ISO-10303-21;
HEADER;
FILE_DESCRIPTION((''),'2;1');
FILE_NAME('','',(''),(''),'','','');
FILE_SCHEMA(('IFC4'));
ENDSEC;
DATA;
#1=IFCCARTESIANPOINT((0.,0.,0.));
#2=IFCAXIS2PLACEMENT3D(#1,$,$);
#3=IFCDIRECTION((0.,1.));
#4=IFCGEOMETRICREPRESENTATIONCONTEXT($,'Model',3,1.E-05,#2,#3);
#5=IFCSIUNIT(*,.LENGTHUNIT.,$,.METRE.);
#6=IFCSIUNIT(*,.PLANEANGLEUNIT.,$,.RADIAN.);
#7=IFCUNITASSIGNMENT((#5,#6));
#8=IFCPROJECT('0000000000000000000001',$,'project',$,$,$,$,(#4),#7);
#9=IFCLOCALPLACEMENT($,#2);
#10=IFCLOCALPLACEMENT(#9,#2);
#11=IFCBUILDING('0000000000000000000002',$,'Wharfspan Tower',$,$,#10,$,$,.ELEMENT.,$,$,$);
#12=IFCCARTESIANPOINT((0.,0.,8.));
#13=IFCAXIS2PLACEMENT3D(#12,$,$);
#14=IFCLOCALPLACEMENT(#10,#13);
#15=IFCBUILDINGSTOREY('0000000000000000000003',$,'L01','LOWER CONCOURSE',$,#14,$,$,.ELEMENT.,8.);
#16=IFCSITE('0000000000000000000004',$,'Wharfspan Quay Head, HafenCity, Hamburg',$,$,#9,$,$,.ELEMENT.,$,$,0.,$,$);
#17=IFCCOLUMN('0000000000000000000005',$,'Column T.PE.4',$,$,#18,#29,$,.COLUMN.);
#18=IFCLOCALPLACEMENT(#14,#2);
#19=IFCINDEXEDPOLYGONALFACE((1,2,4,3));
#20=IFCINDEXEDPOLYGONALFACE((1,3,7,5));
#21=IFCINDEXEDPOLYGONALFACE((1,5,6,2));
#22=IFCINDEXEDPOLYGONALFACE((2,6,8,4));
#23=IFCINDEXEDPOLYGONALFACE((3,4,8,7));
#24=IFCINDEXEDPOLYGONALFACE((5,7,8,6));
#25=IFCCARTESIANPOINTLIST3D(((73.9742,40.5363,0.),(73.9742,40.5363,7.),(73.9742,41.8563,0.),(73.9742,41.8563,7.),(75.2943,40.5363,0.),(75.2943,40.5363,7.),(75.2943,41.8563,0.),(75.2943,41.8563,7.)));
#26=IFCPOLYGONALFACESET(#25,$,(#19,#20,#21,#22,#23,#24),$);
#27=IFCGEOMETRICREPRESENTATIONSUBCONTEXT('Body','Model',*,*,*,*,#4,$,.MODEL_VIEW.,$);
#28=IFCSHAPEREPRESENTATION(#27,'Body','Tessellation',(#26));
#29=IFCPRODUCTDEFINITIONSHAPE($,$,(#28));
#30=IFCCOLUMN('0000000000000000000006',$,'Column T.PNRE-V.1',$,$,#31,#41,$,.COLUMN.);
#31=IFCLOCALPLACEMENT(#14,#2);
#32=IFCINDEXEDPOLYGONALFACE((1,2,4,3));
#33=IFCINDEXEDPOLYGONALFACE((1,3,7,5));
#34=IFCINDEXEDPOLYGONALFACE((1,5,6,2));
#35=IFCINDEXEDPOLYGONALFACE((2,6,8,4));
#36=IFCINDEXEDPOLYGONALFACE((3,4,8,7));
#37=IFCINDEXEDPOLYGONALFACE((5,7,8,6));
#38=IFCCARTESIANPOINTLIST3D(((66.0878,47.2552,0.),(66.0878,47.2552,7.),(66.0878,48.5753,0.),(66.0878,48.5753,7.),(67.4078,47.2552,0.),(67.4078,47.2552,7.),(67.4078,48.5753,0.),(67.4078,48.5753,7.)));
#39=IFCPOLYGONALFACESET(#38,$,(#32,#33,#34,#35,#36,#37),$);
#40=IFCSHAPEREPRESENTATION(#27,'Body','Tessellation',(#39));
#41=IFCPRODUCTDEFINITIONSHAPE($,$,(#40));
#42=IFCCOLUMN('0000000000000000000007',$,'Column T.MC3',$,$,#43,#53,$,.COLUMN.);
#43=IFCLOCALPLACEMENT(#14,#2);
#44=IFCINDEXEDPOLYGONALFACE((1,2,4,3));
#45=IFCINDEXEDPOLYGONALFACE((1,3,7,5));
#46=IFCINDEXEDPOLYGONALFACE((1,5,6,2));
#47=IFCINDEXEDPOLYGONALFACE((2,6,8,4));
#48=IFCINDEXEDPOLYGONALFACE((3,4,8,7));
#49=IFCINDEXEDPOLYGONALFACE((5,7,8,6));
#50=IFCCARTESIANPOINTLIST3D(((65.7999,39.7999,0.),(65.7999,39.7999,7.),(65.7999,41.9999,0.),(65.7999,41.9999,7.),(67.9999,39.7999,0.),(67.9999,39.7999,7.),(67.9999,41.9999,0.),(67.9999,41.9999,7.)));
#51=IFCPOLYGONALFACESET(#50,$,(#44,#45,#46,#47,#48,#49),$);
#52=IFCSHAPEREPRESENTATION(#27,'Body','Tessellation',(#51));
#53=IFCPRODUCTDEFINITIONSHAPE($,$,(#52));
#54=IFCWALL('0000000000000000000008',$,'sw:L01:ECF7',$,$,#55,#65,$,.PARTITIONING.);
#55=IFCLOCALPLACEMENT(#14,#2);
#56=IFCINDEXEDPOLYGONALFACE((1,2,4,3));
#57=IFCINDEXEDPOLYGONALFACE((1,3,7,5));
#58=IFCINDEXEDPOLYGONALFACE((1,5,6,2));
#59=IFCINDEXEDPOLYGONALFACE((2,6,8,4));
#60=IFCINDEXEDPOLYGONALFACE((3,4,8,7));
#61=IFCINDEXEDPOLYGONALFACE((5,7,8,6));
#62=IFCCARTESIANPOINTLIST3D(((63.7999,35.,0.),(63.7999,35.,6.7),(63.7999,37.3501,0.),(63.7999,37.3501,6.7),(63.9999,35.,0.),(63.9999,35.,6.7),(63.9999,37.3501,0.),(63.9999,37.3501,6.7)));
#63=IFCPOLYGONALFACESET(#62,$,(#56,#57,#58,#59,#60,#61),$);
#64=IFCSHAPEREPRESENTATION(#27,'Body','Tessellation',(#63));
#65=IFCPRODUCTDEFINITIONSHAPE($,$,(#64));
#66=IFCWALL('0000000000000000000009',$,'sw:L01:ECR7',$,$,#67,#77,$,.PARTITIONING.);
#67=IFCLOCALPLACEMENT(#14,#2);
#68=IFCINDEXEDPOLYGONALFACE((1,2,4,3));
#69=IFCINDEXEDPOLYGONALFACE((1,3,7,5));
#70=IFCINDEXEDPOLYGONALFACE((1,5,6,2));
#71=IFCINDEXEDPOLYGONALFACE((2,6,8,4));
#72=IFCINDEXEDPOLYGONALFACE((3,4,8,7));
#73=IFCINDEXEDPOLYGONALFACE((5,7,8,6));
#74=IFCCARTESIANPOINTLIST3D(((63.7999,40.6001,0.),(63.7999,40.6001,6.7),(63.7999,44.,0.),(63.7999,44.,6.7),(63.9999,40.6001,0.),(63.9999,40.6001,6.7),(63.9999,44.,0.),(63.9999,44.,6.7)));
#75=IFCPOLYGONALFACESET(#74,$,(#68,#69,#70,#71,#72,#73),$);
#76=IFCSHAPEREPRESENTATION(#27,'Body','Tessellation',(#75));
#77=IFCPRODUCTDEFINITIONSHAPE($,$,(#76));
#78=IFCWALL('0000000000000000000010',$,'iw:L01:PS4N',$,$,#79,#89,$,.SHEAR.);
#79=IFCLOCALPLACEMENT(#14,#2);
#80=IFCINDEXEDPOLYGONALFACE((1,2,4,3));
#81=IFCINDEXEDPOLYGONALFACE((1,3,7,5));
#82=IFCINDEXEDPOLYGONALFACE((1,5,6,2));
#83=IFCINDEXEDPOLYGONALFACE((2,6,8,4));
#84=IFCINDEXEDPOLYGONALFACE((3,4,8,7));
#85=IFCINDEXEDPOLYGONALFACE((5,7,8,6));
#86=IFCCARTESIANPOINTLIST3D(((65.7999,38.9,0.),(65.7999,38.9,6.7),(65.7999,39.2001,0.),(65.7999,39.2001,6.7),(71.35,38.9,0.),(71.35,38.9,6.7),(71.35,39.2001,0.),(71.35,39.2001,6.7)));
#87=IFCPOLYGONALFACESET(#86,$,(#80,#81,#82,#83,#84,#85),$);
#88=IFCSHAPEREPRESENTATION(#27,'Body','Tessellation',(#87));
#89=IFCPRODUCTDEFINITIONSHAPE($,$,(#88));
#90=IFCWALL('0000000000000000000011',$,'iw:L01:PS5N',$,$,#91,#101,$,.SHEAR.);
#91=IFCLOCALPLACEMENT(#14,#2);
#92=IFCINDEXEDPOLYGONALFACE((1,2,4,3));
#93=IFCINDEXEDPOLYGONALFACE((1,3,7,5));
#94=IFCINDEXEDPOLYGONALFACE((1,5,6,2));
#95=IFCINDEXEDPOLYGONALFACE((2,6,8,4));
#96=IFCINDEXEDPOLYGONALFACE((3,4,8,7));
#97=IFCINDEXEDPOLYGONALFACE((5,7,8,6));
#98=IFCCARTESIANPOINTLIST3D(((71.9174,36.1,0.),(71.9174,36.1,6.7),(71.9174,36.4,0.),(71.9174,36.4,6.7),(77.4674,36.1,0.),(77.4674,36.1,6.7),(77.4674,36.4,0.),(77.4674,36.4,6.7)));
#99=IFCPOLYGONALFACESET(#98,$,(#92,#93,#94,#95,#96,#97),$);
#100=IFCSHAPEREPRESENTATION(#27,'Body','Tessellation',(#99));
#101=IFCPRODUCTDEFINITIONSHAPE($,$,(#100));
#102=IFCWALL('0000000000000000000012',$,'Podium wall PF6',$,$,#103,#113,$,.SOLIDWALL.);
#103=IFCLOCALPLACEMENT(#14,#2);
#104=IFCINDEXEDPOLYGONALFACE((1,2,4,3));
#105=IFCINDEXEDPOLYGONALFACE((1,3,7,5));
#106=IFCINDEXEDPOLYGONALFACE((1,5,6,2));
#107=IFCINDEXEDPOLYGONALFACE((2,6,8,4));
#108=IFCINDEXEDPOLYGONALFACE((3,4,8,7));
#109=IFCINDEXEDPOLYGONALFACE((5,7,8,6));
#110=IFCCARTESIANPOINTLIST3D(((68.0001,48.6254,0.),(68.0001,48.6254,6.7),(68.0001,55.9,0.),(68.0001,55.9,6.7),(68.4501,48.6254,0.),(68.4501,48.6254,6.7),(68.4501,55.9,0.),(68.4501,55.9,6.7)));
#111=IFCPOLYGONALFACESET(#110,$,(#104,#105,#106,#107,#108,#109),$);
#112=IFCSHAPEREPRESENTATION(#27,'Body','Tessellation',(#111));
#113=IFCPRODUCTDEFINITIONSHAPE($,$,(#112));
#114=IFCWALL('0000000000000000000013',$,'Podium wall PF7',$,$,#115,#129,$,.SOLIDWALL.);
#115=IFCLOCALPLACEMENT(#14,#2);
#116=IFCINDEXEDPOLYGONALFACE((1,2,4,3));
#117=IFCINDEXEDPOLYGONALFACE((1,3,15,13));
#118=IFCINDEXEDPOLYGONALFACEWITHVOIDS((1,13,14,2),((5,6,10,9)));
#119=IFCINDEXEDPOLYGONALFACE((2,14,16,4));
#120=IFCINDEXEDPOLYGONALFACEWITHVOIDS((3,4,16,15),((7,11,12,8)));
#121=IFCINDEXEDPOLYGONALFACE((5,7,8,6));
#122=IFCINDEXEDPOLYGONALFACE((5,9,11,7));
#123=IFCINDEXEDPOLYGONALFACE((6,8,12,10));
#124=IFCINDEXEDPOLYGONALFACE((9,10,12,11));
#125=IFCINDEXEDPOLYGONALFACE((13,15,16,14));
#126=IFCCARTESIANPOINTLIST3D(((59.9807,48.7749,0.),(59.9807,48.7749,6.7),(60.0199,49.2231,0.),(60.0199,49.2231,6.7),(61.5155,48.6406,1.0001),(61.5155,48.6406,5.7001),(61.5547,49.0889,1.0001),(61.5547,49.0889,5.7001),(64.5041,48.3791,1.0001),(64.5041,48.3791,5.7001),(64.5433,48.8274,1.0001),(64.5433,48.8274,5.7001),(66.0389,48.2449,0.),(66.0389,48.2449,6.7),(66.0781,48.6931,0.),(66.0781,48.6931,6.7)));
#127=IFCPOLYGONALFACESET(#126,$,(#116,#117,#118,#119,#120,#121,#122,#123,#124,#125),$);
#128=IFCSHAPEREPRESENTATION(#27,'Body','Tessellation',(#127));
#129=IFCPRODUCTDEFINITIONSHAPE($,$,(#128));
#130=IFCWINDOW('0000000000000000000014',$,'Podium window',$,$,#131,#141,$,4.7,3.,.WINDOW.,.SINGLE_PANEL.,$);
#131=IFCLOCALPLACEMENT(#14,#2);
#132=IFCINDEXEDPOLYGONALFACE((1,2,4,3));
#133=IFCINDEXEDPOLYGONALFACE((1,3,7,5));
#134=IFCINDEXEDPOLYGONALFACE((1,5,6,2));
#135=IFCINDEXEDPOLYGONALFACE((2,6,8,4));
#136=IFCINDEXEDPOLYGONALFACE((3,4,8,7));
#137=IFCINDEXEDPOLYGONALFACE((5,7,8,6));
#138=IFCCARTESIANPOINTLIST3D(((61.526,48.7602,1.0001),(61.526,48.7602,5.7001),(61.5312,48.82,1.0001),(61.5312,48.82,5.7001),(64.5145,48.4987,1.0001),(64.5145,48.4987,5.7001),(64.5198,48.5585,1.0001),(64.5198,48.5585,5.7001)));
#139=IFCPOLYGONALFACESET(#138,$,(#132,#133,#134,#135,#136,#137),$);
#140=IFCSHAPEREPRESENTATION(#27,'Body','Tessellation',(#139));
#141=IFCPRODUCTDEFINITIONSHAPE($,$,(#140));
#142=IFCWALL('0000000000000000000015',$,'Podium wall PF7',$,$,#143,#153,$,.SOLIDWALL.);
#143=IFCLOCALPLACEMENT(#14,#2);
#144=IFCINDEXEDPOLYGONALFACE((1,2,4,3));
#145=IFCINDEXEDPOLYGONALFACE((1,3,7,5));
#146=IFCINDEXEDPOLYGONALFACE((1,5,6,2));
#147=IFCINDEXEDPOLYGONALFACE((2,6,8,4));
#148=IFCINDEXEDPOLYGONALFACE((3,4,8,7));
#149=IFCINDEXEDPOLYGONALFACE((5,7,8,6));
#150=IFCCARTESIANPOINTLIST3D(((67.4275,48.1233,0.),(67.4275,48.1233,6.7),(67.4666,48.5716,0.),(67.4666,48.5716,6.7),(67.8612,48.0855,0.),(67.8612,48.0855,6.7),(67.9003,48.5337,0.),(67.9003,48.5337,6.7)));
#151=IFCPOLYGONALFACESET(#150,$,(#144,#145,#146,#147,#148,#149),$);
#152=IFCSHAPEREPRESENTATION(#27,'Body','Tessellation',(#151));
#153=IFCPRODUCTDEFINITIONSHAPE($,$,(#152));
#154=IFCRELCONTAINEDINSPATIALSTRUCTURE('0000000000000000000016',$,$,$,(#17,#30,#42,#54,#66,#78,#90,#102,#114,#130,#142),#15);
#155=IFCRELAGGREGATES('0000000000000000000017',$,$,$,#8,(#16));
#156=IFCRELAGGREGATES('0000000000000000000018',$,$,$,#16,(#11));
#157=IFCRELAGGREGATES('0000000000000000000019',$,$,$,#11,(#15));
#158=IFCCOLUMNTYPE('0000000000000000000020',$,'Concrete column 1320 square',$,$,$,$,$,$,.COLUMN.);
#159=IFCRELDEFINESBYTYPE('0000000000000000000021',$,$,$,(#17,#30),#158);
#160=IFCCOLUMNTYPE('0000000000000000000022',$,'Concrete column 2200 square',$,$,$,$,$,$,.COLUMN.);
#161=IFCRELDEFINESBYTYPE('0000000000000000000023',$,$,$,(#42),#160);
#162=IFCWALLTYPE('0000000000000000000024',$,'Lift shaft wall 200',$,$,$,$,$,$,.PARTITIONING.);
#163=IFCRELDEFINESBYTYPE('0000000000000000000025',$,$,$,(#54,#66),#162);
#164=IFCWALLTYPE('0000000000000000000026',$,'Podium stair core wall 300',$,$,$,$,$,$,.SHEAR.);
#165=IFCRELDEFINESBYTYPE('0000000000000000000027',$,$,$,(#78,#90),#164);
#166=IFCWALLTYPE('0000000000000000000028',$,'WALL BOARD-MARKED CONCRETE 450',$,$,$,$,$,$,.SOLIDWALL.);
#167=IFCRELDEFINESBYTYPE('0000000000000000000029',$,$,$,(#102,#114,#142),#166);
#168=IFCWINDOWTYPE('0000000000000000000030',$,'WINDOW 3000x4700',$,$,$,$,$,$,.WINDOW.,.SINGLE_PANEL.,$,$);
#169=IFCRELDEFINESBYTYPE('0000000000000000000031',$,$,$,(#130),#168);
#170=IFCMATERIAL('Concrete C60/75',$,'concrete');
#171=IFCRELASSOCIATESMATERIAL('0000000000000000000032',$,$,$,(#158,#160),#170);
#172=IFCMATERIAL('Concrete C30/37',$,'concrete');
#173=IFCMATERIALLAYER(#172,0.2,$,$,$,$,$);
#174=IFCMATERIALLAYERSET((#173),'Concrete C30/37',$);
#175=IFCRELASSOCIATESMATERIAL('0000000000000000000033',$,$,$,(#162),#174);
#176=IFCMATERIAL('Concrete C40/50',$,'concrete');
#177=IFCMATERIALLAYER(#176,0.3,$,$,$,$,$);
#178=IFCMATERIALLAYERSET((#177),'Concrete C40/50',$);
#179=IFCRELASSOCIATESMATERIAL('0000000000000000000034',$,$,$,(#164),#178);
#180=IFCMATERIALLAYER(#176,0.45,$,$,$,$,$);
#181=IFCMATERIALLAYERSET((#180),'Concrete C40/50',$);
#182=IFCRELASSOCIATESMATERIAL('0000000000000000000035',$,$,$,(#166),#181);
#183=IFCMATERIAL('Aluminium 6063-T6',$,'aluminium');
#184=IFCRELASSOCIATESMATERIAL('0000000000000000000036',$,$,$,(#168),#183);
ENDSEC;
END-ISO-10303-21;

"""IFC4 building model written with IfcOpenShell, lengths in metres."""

from ifc_helpers import new_model, si_unit, direction, frame, frame_2d, origin, origin_2d, place, context, subcontext, project, spatial, rectangle, extrude, material, layer, layer_set, material_profile, profile_set, type_object, element, fill, save


model = new_model("IFC4")

# Units and contexts
model_context = context("Model", 3, precision=1e-05, world=origin(), true_north=direction((0.0, 1.0)))
body_context = subcontext(model_context, "Body", "Model", "MODEL_VIEW")
ifc_project = project(units=[si_unit("LENGTHUNIT", "METRE"), si_unit("PLANEANGLEUNIT", "RADIAN")], contexts=[model_context])

# Site, building, storey
site_placement = place(None, origin())
site = spatial("IfcSite", under=ifc_project, at=site_placement, Name="Wharfspan Quay Head, HafenCity, Hamburg", CompositionType="ELEMENT", RefElevation=0.0)
building_placement = place(site_placement, origin())
building = spatial("IfcBuilding", under=site, at=building_placement, Name="Wharfspan Tower", CompositionType="ELEMENT")
storey_placement = place(building_placement, frame((0.0, 0.0, 8.0)))
storey = spatial("IfcBuildingStorey", under=building, at=storey_placement, Name="L01", Description="LOWER CONCOURSE", CompositionType="ELEMENT", Elevation=8.0)

# Columns
ifc_material_1 = material(Name="Concrete C60/75", Category="concrete")
ifc_material_profile_1 = material_profile(ifc_material_1, rectangle(XDim=1.3201, YDim=1.3201, at=origin_2d()))
ifc_profile_set_1 = profile_set([ifc_material_profile_1], Name="Concrete C60/75")
column_type_1 = type_object("IfcColumnType", Name="Concrete column 1320 square", PredefinedType="COLUMN", material=ifc_profile_set_1)
for number, where, z_axis, x_axis, name in (
    (1, (74.6343, 41.1963, 0.0), (0.0, 0.0, 1.0), (1.0, 0.0, 0.0), "Column T.PE.4"),
    (2, (66.7478, 47.9153, 0.0), (0.0, 0.0, 1.0), (1.0, 0.0, 0.0), "Column T.PNRE-V.1"),
):
    element("IfcColumn", number, at=place(storey_placement, frame(where, z_axis=z_axis, x_axis=x_axis)), inside=storey, type_object=column_type_1, Name=name, PredefinedType="COLUMN", context=body_context, shape_type="SweptSolid", body=[
        extrude(rectangle(XDim=1.3201, YDim=1.3201, at=origin_2d()), origin(), (0.0, 0.0, 1.0), 7.0),
    ])
ifc_material_profile_2 = material_profile(ifc_material_1, rectangle(XDim=2.2, YDim=2.2, at=origin_2d()))
ifc_profile_set_2 = profile_set([ifc_material_profile_2], Name="Concrete C60/75")
column_type_2 = type_object("IfcColumnType", Name="Concrete column 2200 square", PredefinedType="COLUMN", material=ifc_profile_set_2)
column_placement = place(storey_placement, frame((66.8999, 40.8999, 0.0), z_axis=(0.0, 0.0, 1.0), x_axis=(1.0, 0.0, 0.0)))
element("IfcColumn", 3, at=column_placement, inside=storey, type_object=column_type_2, Name="Column T.MC3", PredefinedType="COLUMN", context=body_context, shape_type="SweptSolid", body=[
    extrude(rectangle(XDim=2.2, YDim=2.2, at=origin_2d()), origin(), (0.0, 0.0, 1.0), 7.0),
])

# Walls
ifc_material_2 = material(Name="Concrete C30/37", Category="concrete")
ifc_layer_1 = layer(ifc_material_2, 0.2)
ifc_layer_set_1 = layer_set([ifc_layer_1], Name="Concrete C30/37")
wall_type_1 = type_object("IfcWallType", Name="Lift shaft wall 200", PredefinedType="PARTITIONING", material=ifc_layer_set_1)
wall_1_placement = place(storey_placement, frame((63.8999, 35.0, 0.0), z_axis=(0.0, 0.0, 1.0), x_axis=(0.0, 1.0, 0.0)))
element("IfcWall", 4, at=wall_1_placement, inside=storey, type_object=wall_type_1, Name="sw:L01:ECF7", PredefinedType="PARTITIONING", context=body_context, shape_type="SweptSolid", body=[
    extrude(rectangle(XDim=2.3501, YDim=0.2, at=frame_2d((1.175, 0.0))), origin(), (0.0, 0.0, 1.0), 6.7),
])
wall_2_placement = place(storey_placement, frame((63.8999, 40.6001, 0.0), z_axis=(0.0, 0.0, 1.0), x_axis=(0.0, 1.0, 0.0)))
element("IfcWall", 5, at=wall_2_placement, inside=storey, type_object=wall_type_1, Name="sw:L01:ECR7", PredefinedType="PARTITIONING", context=body_context, shape_type="SweptSolid", body=[
    extrude(rectangle(XDim=3.3999, YDim=0.2, at=frame_2d((1.7, 0.0))), origin(), (0.0, 0.0, 1.0), 6.7),
])
ifc_material_3 = material(Name="Concrete C40/50", Category="concrete")
ifc_layer_2 = layer(ifc_material_3, 0.3)
ifc_layer_set_2 = layer_set([ifc_layer_2], Name="Concrete C40/50")
wall_type_2 = type_object("IfcWallType", Name="Podium stair core wall 300", PredefinedType="SHEAR", material=ifc_layer_set_2)
for number, where, z_axis, x_axis, name in (
    (6, (65.8, 39.05, 0.0), (0.0, 0.0, 1.0), (1.0, 0.0, 0.0), "iw:L01:PS4N"),
    (7, (71.9175, 36.25, 0.0), (0.0, 0.0, 1.0), (1.0, 0.0, 0.0), "iw:L01:PS5N"),
):
    element("IfcWall", number, at=place(storey_placement, frame(where, z_axis=z_axis, x_axis=x_axis)), inside=storey, type_object=wall_type_2, Name=name, PredefinedType="SHEAR", context=body_context, shape_type="SweptSolid", body=[
        extrude(rectangle(XDim=5.55, YDim=0.3, at=frame_2d((2.7749, 0.0))), origin(), (0.0, 0.0, 1.0), 6.7),
    ])
ifc_layer_3 = layer(ifc_material_3, 0.45)
ifc_layer_set_3 = layer_set([ifc_layer_3], Name="Concrete C40/50")
wall_type_3 = type_object("IfcWallType", Name="WALL BOARD-MARKED CONCRETE 450", PredefinedType="SOLIDWALL", material=ifc_layer_set_3)
wall_3_placement = place(storey_placement, frame((68.2251, 55.8999, 0.0), z_axis=(0.0, 0.0, 1.0), x_axis=(0.0, -1.0, 0.0)))
element("IfcWall", 8, at=wall_3_placement, inside=storey, type_object=wall_type_3, Name="Podium wall PF6", PredefinedType="SOLIDWALL", context=body_context, shape_type="SweptSolid", body=[
    extrude(rectangle(XDim=7.2747, YDim=0.45, at=frame_2d((3.6372, 0.0))), origin(), (0.0, 0.0, 1.0), 6.7),
])

# Wall, opening, window
wall_4_placement = place(storey_placement, frame((66.0584, 48.469, 0.0), z_axis=(0.0, 0.0, 1.0), x_axis=(-0.996195, 0.087158, 0.0)))
wall_4 = element("IfcWall", 9, at=wall_4_placement, inside=storey, type_object=wall_type_3, Name="Podium wall PF7", PredefinedType="SOLIDWALL", context=body_context, shape_type="SweptSolid", body=[
    extrude(rectangle(XDim=6.0813, YDim=0.45, at=frame_2d((3.0405, 0.0))), origin(), (0.0, 0.0, 1.0), 6.7),
])
opening_placement = place(wall_4_placement, frame((1.5405, 0.0, 1.0)))
opening = element("IfcOpeningElement", 10, at=opening_placement, cuts=wall_4, PredefinedType="OPENING", context=body_context, shape_type="SweptSolid", body=[
    extrude(rectangle(XDim=3.0, YDim=4.7, at=frame_2d((1.5, 2.3501))), frame((0.0, 0.2349, 0.0), z_axis=(0.0, -1.0, 0.0), x_axis=(1.0, 0.0, 0.0)), (0.0, 0.0, 1.0), 0.47),
])
ifc_material_4 = material(Name="Aluminium 6063-T6", Category="aluminium")
window_type = type_object("IfcWindowType", Name="WINDOW 3000x4700", PartitioningType="SINGLE_PANEL", PredefinedType="WINDOW", material=ifc_material_4)
window_placement = place(opening_placement, origin())
window = element("IfcWindow", 11, at=window_placement, inside=storey, type_object=window_type, Name="Podium window", OverallHeight=4.7, OverallWidth=3.0, PartitioningType="SINGLE_PANEL", PredefinedType="WINDOW", context=body_context, shape_type="SweptSolid", body=[
    extrude(rectangle(XDim=3.0, YDim=4.7, at=frame_2d((1.5, 2.3501))), frame((0.0, 0.105, 0.0), z_axis=(0.0, -1.0, 0.0), x_axis=(1.0, 0.0, 0.0)), (0.0, 0.0, 1.0), 0.0601),
])
fill(opening, window)

# Wall
wall_5_placement = place(storey_placement, frame((67.8809, 48.3096, 0.0), z_axis=(0.0, 0.0, 1.0), x_axis=(-0.99621, 0.086944, 0.0)))
element("IfcWall", 12, at=wall_5_placement, inside=storey, type_object=wall_type_3, Name="Podium wall PF7", PredefinedType="SOLIDWALL", context=body_context, shape_type="SweptSolid", body=[
    extrude(rectangle(XDim=0.4353, YDim=0.45, at=frame_2d((0.2178, 0.0))), origin(), (0.0, 0.0, 1.0), 6.7),
])

save(model, "model.ifc")
